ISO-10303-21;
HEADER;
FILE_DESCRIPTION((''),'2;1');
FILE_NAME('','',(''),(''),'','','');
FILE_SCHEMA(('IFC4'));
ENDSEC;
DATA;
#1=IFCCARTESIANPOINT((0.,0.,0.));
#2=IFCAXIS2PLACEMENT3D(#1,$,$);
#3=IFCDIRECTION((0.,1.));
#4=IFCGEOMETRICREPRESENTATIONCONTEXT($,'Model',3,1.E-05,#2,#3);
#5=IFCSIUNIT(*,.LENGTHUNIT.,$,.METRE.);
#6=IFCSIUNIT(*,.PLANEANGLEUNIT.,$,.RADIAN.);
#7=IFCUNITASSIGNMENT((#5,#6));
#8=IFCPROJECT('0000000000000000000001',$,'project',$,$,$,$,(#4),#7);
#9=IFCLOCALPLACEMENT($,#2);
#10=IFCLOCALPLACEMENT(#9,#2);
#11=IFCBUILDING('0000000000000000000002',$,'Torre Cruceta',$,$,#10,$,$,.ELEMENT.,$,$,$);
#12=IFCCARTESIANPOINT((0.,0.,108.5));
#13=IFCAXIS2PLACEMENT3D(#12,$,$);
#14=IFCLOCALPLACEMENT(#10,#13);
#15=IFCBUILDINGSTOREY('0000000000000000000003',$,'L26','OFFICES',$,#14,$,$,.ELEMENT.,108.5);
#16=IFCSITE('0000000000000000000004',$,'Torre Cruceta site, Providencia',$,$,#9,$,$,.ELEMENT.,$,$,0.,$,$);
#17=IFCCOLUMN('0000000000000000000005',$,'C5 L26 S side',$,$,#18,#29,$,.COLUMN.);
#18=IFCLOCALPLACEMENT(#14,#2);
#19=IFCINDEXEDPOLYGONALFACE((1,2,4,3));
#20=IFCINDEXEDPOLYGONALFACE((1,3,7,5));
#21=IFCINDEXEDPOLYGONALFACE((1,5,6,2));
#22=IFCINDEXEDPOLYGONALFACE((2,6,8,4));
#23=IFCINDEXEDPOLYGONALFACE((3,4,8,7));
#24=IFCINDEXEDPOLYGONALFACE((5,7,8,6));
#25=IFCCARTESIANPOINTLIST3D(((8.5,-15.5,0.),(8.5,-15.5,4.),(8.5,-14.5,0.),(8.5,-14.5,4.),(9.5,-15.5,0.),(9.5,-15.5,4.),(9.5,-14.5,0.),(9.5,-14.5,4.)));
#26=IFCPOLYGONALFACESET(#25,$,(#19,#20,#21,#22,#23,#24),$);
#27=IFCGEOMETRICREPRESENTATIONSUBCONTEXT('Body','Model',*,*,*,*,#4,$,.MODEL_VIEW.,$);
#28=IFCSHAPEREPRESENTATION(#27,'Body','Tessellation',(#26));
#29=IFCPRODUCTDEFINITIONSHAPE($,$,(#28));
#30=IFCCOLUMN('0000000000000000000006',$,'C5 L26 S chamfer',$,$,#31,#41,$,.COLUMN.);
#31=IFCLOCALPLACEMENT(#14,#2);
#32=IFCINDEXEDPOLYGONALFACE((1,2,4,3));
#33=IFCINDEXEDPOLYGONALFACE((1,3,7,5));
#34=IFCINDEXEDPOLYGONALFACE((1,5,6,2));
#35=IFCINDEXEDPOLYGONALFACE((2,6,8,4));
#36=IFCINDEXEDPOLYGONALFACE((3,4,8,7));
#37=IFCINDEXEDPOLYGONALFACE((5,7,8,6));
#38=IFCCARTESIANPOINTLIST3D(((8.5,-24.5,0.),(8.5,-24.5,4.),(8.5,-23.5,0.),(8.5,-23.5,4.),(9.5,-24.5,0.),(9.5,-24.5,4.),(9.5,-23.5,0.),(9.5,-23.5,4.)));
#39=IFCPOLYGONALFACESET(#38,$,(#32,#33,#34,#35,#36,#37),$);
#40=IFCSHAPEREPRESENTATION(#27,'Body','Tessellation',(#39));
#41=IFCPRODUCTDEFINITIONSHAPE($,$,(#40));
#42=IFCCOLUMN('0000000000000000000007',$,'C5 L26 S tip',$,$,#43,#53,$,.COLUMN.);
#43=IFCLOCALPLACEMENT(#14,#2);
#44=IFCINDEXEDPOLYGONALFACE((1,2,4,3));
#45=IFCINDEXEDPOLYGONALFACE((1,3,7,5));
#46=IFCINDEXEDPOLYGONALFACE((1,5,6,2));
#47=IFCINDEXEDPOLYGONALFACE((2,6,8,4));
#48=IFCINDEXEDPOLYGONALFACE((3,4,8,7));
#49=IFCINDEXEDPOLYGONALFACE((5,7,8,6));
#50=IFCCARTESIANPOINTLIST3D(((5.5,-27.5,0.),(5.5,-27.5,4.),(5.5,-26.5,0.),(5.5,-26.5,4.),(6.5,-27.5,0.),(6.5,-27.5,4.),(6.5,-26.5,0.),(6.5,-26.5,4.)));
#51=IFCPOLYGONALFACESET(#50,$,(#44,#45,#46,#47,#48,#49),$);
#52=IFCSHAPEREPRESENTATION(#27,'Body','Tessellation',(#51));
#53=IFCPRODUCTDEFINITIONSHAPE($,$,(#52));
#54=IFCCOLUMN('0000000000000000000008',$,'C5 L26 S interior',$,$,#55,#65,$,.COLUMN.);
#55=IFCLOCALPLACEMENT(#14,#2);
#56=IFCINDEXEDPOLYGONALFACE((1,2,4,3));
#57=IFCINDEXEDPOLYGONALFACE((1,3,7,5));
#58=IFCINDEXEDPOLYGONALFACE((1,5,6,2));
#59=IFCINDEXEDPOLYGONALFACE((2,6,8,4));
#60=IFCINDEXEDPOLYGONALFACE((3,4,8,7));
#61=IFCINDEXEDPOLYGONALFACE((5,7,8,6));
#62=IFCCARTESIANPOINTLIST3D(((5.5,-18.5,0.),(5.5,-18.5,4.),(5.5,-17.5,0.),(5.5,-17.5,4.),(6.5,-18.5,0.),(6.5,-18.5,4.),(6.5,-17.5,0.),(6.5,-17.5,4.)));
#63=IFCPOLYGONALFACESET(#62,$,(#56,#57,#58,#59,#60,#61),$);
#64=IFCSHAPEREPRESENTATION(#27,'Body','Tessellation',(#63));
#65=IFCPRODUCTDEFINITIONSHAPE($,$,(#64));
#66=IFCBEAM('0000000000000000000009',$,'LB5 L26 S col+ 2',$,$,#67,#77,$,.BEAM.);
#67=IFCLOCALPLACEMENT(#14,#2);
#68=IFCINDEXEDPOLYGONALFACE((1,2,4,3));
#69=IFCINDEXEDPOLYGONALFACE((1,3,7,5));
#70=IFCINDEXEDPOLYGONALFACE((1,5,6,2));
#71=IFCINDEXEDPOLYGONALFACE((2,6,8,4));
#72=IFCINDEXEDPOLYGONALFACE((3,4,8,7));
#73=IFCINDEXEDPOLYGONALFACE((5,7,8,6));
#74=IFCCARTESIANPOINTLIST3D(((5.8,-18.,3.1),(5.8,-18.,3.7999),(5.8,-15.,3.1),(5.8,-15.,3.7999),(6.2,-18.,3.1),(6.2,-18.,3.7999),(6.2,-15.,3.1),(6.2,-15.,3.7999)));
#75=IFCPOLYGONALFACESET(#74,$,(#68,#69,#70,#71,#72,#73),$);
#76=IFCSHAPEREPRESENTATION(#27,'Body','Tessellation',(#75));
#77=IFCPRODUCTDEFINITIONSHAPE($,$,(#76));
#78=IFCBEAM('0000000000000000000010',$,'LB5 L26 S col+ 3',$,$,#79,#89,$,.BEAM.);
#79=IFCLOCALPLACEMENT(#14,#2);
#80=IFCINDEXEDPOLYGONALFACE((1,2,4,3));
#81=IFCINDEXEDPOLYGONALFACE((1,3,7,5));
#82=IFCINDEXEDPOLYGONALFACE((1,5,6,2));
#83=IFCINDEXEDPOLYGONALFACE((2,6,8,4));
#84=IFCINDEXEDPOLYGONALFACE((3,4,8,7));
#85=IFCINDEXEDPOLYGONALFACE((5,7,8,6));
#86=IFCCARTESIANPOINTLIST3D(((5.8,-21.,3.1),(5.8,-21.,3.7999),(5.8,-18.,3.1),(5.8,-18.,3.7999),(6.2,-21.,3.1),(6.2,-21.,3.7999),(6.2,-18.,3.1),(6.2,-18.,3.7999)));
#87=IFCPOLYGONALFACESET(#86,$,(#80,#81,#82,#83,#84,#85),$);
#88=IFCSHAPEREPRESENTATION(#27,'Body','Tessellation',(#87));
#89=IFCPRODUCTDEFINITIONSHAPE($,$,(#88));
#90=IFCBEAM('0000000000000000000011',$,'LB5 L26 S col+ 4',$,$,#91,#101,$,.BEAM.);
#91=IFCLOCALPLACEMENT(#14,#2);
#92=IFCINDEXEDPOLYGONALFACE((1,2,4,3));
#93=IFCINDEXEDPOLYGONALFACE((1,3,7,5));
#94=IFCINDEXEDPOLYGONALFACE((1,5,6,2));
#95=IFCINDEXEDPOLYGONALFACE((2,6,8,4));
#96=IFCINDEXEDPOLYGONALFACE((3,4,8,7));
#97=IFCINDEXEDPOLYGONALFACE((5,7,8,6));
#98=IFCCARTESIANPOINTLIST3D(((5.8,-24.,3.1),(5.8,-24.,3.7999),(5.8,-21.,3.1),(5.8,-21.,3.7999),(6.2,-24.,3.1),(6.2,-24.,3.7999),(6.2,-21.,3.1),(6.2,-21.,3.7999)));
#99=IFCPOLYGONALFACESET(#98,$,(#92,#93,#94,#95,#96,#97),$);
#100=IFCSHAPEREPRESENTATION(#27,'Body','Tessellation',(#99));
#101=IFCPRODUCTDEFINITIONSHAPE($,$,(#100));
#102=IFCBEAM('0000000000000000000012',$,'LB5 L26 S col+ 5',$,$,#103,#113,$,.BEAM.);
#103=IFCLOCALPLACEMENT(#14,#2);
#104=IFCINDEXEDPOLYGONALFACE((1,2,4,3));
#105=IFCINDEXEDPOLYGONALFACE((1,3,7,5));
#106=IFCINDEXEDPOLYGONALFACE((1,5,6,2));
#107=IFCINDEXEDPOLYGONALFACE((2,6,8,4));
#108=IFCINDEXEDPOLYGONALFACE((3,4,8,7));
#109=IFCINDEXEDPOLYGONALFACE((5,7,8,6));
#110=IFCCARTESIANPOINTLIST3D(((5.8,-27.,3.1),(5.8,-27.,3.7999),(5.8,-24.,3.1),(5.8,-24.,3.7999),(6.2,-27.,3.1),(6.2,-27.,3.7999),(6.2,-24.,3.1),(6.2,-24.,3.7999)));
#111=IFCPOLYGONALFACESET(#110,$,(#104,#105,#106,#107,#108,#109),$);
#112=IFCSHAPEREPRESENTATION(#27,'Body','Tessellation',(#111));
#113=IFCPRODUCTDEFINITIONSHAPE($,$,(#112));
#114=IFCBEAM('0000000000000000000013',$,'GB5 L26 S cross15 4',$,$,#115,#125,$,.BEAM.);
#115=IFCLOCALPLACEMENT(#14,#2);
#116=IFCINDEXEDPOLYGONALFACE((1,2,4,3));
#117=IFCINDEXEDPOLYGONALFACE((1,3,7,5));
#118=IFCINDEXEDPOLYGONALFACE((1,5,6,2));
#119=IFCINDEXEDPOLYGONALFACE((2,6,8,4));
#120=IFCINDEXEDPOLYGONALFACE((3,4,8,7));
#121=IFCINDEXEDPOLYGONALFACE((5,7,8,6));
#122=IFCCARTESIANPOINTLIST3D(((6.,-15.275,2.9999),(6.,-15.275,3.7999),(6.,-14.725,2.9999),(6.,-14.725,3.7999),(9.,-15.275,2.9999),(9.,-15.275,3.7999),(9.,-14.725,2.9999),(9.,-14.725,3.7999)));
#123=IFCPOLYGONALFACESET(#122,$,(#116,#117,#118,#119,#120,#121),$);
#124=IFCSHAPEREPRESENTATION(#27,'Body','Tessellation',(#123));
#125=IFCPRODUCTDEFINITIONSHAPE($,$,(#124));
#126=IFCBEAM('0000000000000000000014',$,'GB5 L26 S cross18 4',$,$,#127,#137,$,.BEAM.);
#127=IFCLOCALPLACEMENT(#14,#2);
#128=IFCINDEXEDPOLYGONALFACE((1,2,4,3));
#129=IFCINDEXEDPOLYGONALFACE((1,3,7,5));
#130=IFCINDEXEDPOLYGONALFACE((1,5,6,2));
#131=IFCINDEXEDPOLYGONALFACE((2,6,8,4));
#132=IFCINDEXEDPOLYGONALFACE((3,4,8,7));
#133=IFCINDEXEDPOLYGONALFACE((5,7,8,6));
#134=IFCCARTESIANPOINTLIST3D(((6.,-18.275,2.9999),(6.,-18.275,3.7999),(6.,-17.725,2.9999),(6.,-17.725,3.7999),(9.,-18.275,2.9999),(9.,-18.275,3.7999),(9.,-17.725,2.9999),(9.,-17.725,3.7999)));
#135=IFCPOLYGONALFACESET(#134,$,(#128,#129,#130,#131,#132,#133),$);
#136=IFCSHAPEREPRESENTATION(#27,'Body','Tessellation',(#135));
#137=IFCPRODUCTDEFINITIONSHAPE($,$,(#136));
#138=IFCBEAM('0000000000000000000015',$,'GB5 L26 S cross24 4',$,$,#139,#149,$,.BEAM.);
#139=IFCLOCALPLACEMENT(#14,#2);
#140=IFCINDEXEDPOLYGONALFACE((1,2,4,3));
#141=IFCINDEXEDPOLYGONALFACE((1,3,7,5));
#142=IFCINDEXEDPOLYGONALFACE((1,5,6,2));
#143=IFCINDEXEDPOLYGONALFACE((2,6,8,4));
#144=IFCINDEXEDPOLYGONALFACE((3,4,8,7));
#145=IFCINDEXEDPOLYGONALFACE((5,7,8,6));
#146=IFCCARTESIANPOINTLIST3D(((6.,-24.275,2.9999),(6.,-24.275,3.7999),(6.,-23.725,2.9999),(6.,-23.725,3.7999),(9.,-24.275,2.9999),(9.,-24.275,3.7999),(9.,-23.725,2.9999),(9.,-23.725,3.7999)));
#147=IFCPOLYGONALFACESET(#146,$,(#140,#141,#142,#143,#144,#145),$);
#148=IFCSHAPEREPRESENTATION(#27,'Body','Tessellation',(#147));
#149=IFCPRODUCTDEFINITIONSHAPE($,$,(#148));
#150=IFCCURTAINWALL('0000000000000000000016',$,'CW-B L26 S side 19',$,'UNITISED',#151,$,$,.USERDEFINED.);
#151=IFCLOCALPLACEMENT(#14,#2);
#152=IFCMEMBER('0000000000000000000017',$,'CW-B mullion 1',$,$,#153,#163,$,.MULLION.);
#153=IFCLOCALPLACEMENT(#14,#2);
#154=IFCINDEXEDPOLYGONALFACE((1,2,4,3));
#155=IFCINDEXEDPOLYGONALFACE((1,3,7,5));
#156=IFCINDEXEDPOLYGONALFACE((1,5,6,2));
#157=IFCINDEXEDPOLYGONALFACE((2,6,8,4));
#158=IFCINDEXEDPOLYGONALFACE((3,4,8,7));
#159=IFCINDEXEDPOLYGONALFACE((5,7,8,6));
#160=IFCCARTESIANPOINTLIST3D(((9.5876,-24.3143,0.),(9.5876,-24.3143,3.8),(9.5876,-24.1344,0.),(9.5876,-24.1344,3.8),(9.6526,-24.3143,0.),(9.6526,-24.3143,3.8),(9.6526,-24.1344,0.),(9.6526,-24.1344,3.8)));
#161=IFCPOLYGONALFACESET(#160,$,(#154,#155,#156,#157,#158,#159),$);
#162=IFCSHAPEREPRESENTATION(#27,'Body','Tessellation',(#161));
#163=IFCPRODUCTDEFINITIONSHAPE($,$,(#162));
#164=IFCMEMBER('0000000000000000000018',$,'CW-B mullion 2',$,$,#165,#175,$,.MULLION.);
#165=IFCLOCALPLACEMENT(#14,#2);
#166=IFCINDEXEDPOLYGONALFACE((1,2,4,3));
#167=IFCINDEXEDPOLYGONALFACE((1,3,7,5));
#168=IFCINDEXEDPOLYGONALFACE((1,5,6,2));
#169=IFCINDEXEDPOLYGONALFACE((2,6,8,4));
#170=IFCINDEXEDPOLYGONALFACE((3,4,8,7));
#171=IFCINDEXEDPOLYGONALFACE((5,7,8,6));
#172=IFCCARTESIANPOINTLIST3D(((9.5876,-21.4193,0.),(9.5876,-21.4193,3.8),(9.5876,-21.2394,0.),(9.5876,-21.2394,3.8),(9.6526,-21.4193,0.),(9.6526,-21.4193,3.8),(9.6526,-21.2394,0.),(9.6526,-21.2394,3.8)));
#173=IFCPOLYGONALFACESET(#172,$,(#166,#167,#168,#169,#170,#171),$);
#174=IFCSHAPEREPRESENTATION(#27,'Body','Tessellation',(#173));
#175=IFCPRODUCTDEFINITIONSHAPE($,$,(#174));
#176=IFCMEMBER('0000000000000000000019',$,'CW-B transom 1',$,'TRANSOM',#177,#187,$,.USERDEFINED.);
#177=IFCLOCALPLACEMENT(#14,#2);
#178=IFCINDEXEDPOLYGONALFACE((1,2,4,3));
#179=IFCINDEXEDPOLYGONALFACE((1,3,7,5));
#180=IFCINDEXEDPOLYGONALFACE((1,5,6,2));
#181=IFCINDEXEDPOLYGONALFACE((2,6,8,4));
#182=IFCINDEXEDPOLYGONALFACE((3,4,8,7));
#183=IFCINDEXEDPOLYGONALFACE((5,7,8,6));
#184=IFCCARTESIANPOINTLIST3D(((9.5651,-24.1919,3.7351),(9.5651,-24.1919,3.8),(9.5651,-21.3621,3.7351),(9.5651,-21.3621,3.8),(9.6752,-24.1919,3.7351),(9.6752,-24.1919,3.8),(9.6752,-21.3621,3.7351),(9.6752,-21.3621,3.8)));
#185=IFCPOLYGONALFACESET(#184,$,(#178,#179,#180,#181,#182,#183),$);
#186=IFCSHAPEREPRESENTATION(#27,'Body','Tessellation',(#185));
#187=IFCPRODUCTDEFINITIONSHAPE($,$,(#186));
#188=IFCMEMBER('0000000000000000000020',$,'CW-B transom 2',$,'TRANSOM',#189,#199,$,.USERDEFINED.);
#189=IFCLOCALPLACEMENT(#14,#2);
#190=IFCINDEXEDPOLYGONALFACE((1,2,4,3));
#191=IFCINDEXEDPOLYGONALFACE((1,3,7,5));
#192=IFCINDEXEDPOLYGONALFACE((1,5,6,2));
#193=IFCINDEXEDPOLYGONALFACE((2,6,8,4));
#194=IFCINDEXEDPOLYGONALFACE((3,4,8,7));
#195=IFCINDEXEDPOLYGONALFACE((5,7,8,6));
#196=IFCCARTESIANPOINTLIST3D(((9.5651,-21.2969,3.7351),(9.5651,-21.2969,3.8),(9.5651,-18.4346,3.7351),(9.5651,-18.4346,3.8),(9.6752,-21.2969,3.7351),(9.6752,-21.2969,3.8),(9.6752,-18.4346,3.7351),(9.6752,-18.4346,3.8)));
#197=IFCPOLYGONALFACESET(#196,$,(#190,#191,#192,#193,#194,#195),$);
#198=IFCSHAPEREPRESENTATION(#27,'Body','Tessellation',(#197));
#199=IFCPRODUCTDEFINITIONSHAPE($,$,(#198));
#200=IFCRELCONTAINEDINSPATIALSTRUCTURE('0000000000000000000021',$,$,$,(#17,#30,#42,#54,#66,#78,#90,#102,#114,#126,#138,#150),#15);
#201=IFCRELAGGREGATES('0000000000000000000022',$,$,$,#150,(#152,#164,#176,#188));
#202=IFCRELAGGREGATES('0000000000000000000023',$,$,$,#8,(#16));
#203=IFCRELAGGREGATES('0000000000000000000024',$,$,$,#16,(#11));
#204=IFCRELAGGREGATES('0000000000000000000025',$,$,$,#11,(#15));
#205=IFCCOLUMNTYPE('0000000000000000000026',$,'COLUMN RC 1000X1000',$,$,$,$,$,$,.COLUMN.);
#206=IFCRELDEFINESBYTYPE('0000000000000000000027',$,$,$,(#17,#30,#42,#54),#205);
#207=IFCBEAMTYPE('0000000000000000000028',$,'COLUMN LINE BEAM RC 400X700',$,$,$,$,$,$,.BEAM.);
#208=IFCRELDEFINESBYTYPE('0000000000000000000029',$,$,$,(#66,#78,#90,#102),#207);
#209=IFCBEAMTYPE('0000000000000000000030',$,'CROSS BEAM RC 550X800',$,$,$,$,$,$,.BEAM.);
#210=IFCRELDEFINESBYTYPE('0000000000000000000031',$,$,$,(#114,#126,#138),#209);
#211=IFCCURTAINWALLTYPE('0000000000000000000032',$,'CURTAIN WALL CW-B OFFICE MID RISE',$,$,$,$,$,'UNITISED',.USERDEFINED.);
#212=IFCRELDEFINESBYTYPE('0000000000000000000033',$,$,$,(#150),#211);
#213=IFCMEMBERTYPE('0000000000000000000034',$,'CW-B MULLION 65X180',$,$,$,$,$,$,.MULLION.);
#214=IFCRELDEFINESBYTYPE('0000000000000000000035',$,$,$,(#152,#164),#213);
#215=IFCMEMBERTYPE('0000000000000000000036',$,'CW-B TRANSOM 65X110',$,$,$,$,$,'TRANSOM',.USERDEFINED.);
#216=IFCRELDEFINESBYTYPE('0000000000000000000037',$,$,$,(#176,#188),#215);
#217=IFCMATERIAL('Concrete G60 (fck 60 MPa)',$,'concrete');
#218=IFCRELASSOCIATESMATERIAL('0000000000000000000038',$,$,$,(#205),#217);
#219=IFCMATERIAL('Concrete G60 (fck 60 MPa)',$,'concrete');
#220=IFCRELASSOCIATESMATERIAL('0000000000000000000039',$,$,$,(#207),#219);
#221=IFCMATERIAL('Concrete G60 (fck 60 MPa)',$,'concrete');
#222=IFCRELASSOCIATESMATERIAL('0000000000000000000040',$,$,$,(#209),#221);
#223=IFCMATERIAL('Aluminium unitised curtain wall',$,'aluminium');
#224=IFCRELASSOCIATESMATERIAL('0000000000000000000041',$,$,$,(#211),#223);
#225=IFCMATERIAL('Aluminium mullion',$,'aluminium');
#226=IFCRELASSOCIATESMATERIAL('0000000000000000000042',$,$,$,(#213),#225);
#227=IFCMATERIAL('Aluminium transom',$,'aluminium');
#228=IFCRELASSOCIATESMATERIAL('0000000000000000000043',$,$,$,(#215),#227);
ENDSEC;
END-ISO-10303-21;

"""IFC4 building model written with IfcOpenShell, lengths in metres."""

from ifc_helpers import new_model, si_unit, direction, frame, origin, origin_2d, place, context, subcontext, project, spatial, rectangle, extrude, material, material_profile, profile_set, type_object, element, aggregate, save


model = new_model("IFC4")

# Units and contexts
model_context = context("Model", 3, precision=1e-05, world=origin(), true_north=direction((0.0, 1.0)))
body_context = subcontext(model_context, "Body", "Model", "MODEL_VIEW")
ifc_project = project(units=[si_unit("LENGTHUNIT", "METRE"), si_unit("PLANEANGLEUNIT", "RADIAN")], contexts=[model_context])

# Site, building, storey
site_placement = place(None, origin())
site = spatial("IfcSite", under=ifc_project, at=site_placement, Name="Torre Cruceta site, Providencia", CompositionType="ELEMENT", RefElevation=0.0)
building_placement = place(site_placement, origin())
building = spatial("IfcBuilding", under=site, at=building_placement, Name="Torre Cruceta", CompositionType="ELEMENT")
storey_placement = place(building_placement, frame((0.0, 0.0, 108.5)))
storey = spatial("IfcBuildingStorey", under=building, at=storey_placement, Name="L26", Description="OFFICES", CompositionType="ELEMENT", Elevation=108.5)

# Columns
ifc_material_1 = material(Name="Concrete G60 (fck 60 MPa)", Category="concrete")
ifc_material_profile_1 = material_profile(ifc_material_1, rectangle(XDim=1.0, YDim=1.0, at=origin_2d()), Name="RC 1000X1000")
ifc_profile_set_1 = profile_set([ifc_material_profile_1], Name="Concrete G60 (fck 60 MPa)")
column_type = type_object("IfcColumnType", Name="COLUMN RC 1000X1000", PredefinedType="COLUMN", material=ifc_profile_set_1)
for number, where, z_axis, x_axis, name in (
    (1, (9.0, -15.0, 0.0), (0.0, 0.0, 1.0), (1.0, 0.0, 0.0), "C5 L26 S side"),
    (2, (9.0, -24.0, 0.0), (0.0, 0.0, 1.0), (1.0, 0.0, 0.0), "C5 L26 S chamfer"),
    (3, (6.0, -27.0, 0.0), (0.0, 0.0, 1.0), (1.0, 0.0, 0.0), "C5 L26 S tip"),
    (4, (6.0, -18.0, 0.0), (0.0, 0.0, 1.0), (1.0, 0.0, 0.0), "C5 L26 S interior"),
):
    element("IfcColumn", number, at=place(storey_placement, frame(where, z_axis=z_axis, x_axis=x_axis)), inside=storey, type_object=column_type, Name=name, PredefinedType="COLUMN", context=body_context, shape_type="SweptSolid", body=[
        extrude(rectangle(XDim=1.0, YDim=1.0, at=origin_2d()), origin(), (0.0, 0.0, 1.0), 4.0),
    ])

# Beams
ifc_material_2 = material(Name="Concrete G60 (fck 60 MPa)", Category="concrete")
ifc_material_profile_2 = material_profile(ifc_material_2, rectangle(XDim=0.3999, YDim=0.7, at=origin_2d()), Name="RC 400X700")
ifc_profile_set_2 = profile_set([ifc_material_profile_2], Name="Concrete G60 (fck 60 MPa)")
beam_type_1 = type_object("IfcBeamType", Name="COLUMN LINE BEAM RC 400X700", PredefinedType="BEAM", material=ifc_profile_set_2)
for number, where, z_axis, x_axis, name in (
    (5, (6.0, -15.0, 3.45), (0.0, -1.0, 0.0), (1.0, 0.0, 0.0), "LB5 L26 S col+ 2"),
    (6, (6.0, -18.0, 3.45), (0.0, -1.0, 0.0), (1.0, 0.0, 0.0), "LB5 L26 S col+ 3"),
    (7, (6.0, -21.0, 3.45), (0.0, -1.0, 0.0), (1.0, 0.0, 0.0), "LB5 L26 S col+ 4"),
    (8, (6.0, -24.0, 3.45), (0.0, -1.0, 0.0), (1.0, 0.0, 0.0), "LB5 L26 S col+ 5"),
):
    element("IfcBeam", number, at=place(storey_placement, frame(where, z_axis=z_axis, x_axis=x_axis)), inside=storey, type_object=beam_type_1, Name=name, PredefinedType="BEAM", context=body_context, shape_type="SweptSolid", body=[
        extrude(rectangle(XDim=0.3999, YDim=0.7, at=origin_2d()), origin(), (0.0, 0.0, 1.0), 3.0),
    ])
ifc_material_3 = material(Name="Concrete G60 (fck 60 MPa)", Category="concrete")
ifc_material_profile_3 = material_profile(ifc_material_3, rectangle(XDim=0.55, YDim=0.8, at=origin_2d()), Name="RC 550X800")
ifc_profile_set_3 = profile_set([ifc_material_profile_3], Name="Concrete G60 (fck 60 MPa)")
beam_type_2 = type_object("IfcBeamType", Name="CROSS BEAM RC 550X800", PredefinedType="BEAM", material=ifc_profile_set_3)
for number, where, z_axis, x_axis, name in (
    (9, (6.0, -15.0, 3.3999), (1.0, 0.0, 0.0), (0.0, 1.0, 0.0), "GB5 L26 S cross15 4"),
    (10, (6.0, -18.0, 3.3999), (1.0, 0.0, 0.0), (0.0, 1.0, 0.0), "GB5 L26 S cross18 4"),
    (11, (6.0, -24.0, 3.3999), (1.0, 0.0, 0.0), (0.0, 1.0, 0.0), "GB5 L26 S cross24 4"),
):
    element("IfcBeam", number, at=place(storey_placement, frame(where, z_axis=z_axis, x_axis=x_axis)), inside=storey, type_object=beam_type_2, Name=name, PredefinedType="BEAM", context=body_context, shape_type="SweptSolid", body=[
        extrude(rectangle(XDim=0.55, YDim=0.8, at=origin_2d()), origin(), (0.0, 0.0, 1.0), 3.0),
    ])

# Curtain wall, members
ifc_material_4 = material(Name="Aluminium unitised curtain wall", Category="aluminium")
curtain_wall_type = type_object("IfcCurtainWallType", Name="CURTAIN WALL CW-B OFFICE MID RISE", ElementType="UNITISED", PredefinedType="USERDEFINED", material=ifc_material_4)
curtain_wall_placement = place(storey_placement, origin())
curtain_wall = element("IfcCurtainWall", 12, at=curtain_wall_placement, inside=storey, type_object=curtain_wall_type, Name="CW-B L26 S side 19", ObjectType="UNITISED", PredefinedType="USERDEFINED")
ifc_material_5 = material(Name="Aluminium mullion", Category="aluminium")
ifc_material_profile_4 = material_profile(ifc_material_5, rectangle(XDim=0.0649, YDim=0.1799, at=origin_2d()), Name="AL 65X180")
ifc_profile_set_4 = profile_set([ifc_material_profile_4], Name="Aluminium mullion")
member_type_1 = type_object("IfcMemberType", Name="CW-B MULLION 65X180", PredefinedType="MULLION", material=ifc_profile_set_4)
member_1_placement = place(storey_placement, frame((9.6201, -24.2244, 0.0), z_axis=(0.0, 0.0, 1.0), x_axis=(-1.0, 0.0, 0.0)))
member_1 = element("IfcMember", 13, at=member_1_placement, type_object=member_type_1, Name="CW-B mullion 1", PredefinedType="MULLION", context=body_context, shape_type="SweptSolid", body=[
    extrude(rectangle(XDim=0.0649, YDim=0.1799, at=origin_2d()), origin(), (0.0, 0.0, 1.0), 3.8),
])
member_2_placement = place(storey_placement, frame((9.6201, -21.3293, 0.0), z_axis=(0.0, 0.0, 1.0), x_axis=(-1.0, 0.0, 0.0)))
member_2 = element("IfcMember", 14, at=member_2_placement, type_object=member_type_1, Name="CW-B mullion 2", PredefinedType="MULLION", context=body_context, shape_type="SweptSolid", body=[
    extrude(rectangle(XDim=0.0649, YDim=0.1799, at=origin_2d()), origin(), (0.0, 0.0, 1.0), 3.8),
])
ifc_material_6 = material(Name="Aluminium transom", Category="aluminium")
ifc_material_profile_5 = material_profile(ifc_material_6, rectangle(XDim=0.1101, YDim=0.0649, at=origin_2d()), Name="AL 110X65")
ifc_profile_set_5 = profile_set([ifc_material_profile_5], Name="Aluminium transom")
member_type_2 = type_object("IfcMemberType", Name="CW-B TRANSOM 65X110", ElementType="TRANSOM", PredefinedType="USERDEFINED", material=ifc_profile_set_5)
member_3_placement = place(storey_placement, frame((9.6201, -24.1919, 3.7676), z_axis=(0.0, 1.0, 0.0), x_axis=(-1.0, 0.0, 0.0)))
member_3 = element("IfcMember", 15, at=member_3_placement, type_object=member_type_2, Name="CW-B transom 1", ObjectType="TRANSOM", PredefinedType="USERDEFINED", context=body_context, shape_type="SweptSolid", body=[
    extrude(rectangle(XDim=0.1101, YDim=0.0649, at=origin_2d()), origin(), (0.0, 0.0, 1.0), 2.8298),
])
member_4_placement = place(storey_placement, frame((9.6201, -21.2969, 3.7676), z_axis=(0.0, 1.0, 0.0), x_axis=(-1.0, 0.0, 0.0)))
member_4 = element("IfcMember", 16, at=member_4_placement, type_object=member_type_2, Name="CW-B transom 2", ObjectType="TRANSOM", PredefinedType="USERDEFINED", context=body_context, shape_type="SweptSolid", body=[
    extrude(rectangle(XDim=0.1101, YDim=0.0649, at=origin_2d()), origin(), (0.0, 0.0, 1.0), 2.8623),
])

aggregate(curtain_wall, [member_1, member_2, member_3, member_4])

save(model, "model.ifc")
